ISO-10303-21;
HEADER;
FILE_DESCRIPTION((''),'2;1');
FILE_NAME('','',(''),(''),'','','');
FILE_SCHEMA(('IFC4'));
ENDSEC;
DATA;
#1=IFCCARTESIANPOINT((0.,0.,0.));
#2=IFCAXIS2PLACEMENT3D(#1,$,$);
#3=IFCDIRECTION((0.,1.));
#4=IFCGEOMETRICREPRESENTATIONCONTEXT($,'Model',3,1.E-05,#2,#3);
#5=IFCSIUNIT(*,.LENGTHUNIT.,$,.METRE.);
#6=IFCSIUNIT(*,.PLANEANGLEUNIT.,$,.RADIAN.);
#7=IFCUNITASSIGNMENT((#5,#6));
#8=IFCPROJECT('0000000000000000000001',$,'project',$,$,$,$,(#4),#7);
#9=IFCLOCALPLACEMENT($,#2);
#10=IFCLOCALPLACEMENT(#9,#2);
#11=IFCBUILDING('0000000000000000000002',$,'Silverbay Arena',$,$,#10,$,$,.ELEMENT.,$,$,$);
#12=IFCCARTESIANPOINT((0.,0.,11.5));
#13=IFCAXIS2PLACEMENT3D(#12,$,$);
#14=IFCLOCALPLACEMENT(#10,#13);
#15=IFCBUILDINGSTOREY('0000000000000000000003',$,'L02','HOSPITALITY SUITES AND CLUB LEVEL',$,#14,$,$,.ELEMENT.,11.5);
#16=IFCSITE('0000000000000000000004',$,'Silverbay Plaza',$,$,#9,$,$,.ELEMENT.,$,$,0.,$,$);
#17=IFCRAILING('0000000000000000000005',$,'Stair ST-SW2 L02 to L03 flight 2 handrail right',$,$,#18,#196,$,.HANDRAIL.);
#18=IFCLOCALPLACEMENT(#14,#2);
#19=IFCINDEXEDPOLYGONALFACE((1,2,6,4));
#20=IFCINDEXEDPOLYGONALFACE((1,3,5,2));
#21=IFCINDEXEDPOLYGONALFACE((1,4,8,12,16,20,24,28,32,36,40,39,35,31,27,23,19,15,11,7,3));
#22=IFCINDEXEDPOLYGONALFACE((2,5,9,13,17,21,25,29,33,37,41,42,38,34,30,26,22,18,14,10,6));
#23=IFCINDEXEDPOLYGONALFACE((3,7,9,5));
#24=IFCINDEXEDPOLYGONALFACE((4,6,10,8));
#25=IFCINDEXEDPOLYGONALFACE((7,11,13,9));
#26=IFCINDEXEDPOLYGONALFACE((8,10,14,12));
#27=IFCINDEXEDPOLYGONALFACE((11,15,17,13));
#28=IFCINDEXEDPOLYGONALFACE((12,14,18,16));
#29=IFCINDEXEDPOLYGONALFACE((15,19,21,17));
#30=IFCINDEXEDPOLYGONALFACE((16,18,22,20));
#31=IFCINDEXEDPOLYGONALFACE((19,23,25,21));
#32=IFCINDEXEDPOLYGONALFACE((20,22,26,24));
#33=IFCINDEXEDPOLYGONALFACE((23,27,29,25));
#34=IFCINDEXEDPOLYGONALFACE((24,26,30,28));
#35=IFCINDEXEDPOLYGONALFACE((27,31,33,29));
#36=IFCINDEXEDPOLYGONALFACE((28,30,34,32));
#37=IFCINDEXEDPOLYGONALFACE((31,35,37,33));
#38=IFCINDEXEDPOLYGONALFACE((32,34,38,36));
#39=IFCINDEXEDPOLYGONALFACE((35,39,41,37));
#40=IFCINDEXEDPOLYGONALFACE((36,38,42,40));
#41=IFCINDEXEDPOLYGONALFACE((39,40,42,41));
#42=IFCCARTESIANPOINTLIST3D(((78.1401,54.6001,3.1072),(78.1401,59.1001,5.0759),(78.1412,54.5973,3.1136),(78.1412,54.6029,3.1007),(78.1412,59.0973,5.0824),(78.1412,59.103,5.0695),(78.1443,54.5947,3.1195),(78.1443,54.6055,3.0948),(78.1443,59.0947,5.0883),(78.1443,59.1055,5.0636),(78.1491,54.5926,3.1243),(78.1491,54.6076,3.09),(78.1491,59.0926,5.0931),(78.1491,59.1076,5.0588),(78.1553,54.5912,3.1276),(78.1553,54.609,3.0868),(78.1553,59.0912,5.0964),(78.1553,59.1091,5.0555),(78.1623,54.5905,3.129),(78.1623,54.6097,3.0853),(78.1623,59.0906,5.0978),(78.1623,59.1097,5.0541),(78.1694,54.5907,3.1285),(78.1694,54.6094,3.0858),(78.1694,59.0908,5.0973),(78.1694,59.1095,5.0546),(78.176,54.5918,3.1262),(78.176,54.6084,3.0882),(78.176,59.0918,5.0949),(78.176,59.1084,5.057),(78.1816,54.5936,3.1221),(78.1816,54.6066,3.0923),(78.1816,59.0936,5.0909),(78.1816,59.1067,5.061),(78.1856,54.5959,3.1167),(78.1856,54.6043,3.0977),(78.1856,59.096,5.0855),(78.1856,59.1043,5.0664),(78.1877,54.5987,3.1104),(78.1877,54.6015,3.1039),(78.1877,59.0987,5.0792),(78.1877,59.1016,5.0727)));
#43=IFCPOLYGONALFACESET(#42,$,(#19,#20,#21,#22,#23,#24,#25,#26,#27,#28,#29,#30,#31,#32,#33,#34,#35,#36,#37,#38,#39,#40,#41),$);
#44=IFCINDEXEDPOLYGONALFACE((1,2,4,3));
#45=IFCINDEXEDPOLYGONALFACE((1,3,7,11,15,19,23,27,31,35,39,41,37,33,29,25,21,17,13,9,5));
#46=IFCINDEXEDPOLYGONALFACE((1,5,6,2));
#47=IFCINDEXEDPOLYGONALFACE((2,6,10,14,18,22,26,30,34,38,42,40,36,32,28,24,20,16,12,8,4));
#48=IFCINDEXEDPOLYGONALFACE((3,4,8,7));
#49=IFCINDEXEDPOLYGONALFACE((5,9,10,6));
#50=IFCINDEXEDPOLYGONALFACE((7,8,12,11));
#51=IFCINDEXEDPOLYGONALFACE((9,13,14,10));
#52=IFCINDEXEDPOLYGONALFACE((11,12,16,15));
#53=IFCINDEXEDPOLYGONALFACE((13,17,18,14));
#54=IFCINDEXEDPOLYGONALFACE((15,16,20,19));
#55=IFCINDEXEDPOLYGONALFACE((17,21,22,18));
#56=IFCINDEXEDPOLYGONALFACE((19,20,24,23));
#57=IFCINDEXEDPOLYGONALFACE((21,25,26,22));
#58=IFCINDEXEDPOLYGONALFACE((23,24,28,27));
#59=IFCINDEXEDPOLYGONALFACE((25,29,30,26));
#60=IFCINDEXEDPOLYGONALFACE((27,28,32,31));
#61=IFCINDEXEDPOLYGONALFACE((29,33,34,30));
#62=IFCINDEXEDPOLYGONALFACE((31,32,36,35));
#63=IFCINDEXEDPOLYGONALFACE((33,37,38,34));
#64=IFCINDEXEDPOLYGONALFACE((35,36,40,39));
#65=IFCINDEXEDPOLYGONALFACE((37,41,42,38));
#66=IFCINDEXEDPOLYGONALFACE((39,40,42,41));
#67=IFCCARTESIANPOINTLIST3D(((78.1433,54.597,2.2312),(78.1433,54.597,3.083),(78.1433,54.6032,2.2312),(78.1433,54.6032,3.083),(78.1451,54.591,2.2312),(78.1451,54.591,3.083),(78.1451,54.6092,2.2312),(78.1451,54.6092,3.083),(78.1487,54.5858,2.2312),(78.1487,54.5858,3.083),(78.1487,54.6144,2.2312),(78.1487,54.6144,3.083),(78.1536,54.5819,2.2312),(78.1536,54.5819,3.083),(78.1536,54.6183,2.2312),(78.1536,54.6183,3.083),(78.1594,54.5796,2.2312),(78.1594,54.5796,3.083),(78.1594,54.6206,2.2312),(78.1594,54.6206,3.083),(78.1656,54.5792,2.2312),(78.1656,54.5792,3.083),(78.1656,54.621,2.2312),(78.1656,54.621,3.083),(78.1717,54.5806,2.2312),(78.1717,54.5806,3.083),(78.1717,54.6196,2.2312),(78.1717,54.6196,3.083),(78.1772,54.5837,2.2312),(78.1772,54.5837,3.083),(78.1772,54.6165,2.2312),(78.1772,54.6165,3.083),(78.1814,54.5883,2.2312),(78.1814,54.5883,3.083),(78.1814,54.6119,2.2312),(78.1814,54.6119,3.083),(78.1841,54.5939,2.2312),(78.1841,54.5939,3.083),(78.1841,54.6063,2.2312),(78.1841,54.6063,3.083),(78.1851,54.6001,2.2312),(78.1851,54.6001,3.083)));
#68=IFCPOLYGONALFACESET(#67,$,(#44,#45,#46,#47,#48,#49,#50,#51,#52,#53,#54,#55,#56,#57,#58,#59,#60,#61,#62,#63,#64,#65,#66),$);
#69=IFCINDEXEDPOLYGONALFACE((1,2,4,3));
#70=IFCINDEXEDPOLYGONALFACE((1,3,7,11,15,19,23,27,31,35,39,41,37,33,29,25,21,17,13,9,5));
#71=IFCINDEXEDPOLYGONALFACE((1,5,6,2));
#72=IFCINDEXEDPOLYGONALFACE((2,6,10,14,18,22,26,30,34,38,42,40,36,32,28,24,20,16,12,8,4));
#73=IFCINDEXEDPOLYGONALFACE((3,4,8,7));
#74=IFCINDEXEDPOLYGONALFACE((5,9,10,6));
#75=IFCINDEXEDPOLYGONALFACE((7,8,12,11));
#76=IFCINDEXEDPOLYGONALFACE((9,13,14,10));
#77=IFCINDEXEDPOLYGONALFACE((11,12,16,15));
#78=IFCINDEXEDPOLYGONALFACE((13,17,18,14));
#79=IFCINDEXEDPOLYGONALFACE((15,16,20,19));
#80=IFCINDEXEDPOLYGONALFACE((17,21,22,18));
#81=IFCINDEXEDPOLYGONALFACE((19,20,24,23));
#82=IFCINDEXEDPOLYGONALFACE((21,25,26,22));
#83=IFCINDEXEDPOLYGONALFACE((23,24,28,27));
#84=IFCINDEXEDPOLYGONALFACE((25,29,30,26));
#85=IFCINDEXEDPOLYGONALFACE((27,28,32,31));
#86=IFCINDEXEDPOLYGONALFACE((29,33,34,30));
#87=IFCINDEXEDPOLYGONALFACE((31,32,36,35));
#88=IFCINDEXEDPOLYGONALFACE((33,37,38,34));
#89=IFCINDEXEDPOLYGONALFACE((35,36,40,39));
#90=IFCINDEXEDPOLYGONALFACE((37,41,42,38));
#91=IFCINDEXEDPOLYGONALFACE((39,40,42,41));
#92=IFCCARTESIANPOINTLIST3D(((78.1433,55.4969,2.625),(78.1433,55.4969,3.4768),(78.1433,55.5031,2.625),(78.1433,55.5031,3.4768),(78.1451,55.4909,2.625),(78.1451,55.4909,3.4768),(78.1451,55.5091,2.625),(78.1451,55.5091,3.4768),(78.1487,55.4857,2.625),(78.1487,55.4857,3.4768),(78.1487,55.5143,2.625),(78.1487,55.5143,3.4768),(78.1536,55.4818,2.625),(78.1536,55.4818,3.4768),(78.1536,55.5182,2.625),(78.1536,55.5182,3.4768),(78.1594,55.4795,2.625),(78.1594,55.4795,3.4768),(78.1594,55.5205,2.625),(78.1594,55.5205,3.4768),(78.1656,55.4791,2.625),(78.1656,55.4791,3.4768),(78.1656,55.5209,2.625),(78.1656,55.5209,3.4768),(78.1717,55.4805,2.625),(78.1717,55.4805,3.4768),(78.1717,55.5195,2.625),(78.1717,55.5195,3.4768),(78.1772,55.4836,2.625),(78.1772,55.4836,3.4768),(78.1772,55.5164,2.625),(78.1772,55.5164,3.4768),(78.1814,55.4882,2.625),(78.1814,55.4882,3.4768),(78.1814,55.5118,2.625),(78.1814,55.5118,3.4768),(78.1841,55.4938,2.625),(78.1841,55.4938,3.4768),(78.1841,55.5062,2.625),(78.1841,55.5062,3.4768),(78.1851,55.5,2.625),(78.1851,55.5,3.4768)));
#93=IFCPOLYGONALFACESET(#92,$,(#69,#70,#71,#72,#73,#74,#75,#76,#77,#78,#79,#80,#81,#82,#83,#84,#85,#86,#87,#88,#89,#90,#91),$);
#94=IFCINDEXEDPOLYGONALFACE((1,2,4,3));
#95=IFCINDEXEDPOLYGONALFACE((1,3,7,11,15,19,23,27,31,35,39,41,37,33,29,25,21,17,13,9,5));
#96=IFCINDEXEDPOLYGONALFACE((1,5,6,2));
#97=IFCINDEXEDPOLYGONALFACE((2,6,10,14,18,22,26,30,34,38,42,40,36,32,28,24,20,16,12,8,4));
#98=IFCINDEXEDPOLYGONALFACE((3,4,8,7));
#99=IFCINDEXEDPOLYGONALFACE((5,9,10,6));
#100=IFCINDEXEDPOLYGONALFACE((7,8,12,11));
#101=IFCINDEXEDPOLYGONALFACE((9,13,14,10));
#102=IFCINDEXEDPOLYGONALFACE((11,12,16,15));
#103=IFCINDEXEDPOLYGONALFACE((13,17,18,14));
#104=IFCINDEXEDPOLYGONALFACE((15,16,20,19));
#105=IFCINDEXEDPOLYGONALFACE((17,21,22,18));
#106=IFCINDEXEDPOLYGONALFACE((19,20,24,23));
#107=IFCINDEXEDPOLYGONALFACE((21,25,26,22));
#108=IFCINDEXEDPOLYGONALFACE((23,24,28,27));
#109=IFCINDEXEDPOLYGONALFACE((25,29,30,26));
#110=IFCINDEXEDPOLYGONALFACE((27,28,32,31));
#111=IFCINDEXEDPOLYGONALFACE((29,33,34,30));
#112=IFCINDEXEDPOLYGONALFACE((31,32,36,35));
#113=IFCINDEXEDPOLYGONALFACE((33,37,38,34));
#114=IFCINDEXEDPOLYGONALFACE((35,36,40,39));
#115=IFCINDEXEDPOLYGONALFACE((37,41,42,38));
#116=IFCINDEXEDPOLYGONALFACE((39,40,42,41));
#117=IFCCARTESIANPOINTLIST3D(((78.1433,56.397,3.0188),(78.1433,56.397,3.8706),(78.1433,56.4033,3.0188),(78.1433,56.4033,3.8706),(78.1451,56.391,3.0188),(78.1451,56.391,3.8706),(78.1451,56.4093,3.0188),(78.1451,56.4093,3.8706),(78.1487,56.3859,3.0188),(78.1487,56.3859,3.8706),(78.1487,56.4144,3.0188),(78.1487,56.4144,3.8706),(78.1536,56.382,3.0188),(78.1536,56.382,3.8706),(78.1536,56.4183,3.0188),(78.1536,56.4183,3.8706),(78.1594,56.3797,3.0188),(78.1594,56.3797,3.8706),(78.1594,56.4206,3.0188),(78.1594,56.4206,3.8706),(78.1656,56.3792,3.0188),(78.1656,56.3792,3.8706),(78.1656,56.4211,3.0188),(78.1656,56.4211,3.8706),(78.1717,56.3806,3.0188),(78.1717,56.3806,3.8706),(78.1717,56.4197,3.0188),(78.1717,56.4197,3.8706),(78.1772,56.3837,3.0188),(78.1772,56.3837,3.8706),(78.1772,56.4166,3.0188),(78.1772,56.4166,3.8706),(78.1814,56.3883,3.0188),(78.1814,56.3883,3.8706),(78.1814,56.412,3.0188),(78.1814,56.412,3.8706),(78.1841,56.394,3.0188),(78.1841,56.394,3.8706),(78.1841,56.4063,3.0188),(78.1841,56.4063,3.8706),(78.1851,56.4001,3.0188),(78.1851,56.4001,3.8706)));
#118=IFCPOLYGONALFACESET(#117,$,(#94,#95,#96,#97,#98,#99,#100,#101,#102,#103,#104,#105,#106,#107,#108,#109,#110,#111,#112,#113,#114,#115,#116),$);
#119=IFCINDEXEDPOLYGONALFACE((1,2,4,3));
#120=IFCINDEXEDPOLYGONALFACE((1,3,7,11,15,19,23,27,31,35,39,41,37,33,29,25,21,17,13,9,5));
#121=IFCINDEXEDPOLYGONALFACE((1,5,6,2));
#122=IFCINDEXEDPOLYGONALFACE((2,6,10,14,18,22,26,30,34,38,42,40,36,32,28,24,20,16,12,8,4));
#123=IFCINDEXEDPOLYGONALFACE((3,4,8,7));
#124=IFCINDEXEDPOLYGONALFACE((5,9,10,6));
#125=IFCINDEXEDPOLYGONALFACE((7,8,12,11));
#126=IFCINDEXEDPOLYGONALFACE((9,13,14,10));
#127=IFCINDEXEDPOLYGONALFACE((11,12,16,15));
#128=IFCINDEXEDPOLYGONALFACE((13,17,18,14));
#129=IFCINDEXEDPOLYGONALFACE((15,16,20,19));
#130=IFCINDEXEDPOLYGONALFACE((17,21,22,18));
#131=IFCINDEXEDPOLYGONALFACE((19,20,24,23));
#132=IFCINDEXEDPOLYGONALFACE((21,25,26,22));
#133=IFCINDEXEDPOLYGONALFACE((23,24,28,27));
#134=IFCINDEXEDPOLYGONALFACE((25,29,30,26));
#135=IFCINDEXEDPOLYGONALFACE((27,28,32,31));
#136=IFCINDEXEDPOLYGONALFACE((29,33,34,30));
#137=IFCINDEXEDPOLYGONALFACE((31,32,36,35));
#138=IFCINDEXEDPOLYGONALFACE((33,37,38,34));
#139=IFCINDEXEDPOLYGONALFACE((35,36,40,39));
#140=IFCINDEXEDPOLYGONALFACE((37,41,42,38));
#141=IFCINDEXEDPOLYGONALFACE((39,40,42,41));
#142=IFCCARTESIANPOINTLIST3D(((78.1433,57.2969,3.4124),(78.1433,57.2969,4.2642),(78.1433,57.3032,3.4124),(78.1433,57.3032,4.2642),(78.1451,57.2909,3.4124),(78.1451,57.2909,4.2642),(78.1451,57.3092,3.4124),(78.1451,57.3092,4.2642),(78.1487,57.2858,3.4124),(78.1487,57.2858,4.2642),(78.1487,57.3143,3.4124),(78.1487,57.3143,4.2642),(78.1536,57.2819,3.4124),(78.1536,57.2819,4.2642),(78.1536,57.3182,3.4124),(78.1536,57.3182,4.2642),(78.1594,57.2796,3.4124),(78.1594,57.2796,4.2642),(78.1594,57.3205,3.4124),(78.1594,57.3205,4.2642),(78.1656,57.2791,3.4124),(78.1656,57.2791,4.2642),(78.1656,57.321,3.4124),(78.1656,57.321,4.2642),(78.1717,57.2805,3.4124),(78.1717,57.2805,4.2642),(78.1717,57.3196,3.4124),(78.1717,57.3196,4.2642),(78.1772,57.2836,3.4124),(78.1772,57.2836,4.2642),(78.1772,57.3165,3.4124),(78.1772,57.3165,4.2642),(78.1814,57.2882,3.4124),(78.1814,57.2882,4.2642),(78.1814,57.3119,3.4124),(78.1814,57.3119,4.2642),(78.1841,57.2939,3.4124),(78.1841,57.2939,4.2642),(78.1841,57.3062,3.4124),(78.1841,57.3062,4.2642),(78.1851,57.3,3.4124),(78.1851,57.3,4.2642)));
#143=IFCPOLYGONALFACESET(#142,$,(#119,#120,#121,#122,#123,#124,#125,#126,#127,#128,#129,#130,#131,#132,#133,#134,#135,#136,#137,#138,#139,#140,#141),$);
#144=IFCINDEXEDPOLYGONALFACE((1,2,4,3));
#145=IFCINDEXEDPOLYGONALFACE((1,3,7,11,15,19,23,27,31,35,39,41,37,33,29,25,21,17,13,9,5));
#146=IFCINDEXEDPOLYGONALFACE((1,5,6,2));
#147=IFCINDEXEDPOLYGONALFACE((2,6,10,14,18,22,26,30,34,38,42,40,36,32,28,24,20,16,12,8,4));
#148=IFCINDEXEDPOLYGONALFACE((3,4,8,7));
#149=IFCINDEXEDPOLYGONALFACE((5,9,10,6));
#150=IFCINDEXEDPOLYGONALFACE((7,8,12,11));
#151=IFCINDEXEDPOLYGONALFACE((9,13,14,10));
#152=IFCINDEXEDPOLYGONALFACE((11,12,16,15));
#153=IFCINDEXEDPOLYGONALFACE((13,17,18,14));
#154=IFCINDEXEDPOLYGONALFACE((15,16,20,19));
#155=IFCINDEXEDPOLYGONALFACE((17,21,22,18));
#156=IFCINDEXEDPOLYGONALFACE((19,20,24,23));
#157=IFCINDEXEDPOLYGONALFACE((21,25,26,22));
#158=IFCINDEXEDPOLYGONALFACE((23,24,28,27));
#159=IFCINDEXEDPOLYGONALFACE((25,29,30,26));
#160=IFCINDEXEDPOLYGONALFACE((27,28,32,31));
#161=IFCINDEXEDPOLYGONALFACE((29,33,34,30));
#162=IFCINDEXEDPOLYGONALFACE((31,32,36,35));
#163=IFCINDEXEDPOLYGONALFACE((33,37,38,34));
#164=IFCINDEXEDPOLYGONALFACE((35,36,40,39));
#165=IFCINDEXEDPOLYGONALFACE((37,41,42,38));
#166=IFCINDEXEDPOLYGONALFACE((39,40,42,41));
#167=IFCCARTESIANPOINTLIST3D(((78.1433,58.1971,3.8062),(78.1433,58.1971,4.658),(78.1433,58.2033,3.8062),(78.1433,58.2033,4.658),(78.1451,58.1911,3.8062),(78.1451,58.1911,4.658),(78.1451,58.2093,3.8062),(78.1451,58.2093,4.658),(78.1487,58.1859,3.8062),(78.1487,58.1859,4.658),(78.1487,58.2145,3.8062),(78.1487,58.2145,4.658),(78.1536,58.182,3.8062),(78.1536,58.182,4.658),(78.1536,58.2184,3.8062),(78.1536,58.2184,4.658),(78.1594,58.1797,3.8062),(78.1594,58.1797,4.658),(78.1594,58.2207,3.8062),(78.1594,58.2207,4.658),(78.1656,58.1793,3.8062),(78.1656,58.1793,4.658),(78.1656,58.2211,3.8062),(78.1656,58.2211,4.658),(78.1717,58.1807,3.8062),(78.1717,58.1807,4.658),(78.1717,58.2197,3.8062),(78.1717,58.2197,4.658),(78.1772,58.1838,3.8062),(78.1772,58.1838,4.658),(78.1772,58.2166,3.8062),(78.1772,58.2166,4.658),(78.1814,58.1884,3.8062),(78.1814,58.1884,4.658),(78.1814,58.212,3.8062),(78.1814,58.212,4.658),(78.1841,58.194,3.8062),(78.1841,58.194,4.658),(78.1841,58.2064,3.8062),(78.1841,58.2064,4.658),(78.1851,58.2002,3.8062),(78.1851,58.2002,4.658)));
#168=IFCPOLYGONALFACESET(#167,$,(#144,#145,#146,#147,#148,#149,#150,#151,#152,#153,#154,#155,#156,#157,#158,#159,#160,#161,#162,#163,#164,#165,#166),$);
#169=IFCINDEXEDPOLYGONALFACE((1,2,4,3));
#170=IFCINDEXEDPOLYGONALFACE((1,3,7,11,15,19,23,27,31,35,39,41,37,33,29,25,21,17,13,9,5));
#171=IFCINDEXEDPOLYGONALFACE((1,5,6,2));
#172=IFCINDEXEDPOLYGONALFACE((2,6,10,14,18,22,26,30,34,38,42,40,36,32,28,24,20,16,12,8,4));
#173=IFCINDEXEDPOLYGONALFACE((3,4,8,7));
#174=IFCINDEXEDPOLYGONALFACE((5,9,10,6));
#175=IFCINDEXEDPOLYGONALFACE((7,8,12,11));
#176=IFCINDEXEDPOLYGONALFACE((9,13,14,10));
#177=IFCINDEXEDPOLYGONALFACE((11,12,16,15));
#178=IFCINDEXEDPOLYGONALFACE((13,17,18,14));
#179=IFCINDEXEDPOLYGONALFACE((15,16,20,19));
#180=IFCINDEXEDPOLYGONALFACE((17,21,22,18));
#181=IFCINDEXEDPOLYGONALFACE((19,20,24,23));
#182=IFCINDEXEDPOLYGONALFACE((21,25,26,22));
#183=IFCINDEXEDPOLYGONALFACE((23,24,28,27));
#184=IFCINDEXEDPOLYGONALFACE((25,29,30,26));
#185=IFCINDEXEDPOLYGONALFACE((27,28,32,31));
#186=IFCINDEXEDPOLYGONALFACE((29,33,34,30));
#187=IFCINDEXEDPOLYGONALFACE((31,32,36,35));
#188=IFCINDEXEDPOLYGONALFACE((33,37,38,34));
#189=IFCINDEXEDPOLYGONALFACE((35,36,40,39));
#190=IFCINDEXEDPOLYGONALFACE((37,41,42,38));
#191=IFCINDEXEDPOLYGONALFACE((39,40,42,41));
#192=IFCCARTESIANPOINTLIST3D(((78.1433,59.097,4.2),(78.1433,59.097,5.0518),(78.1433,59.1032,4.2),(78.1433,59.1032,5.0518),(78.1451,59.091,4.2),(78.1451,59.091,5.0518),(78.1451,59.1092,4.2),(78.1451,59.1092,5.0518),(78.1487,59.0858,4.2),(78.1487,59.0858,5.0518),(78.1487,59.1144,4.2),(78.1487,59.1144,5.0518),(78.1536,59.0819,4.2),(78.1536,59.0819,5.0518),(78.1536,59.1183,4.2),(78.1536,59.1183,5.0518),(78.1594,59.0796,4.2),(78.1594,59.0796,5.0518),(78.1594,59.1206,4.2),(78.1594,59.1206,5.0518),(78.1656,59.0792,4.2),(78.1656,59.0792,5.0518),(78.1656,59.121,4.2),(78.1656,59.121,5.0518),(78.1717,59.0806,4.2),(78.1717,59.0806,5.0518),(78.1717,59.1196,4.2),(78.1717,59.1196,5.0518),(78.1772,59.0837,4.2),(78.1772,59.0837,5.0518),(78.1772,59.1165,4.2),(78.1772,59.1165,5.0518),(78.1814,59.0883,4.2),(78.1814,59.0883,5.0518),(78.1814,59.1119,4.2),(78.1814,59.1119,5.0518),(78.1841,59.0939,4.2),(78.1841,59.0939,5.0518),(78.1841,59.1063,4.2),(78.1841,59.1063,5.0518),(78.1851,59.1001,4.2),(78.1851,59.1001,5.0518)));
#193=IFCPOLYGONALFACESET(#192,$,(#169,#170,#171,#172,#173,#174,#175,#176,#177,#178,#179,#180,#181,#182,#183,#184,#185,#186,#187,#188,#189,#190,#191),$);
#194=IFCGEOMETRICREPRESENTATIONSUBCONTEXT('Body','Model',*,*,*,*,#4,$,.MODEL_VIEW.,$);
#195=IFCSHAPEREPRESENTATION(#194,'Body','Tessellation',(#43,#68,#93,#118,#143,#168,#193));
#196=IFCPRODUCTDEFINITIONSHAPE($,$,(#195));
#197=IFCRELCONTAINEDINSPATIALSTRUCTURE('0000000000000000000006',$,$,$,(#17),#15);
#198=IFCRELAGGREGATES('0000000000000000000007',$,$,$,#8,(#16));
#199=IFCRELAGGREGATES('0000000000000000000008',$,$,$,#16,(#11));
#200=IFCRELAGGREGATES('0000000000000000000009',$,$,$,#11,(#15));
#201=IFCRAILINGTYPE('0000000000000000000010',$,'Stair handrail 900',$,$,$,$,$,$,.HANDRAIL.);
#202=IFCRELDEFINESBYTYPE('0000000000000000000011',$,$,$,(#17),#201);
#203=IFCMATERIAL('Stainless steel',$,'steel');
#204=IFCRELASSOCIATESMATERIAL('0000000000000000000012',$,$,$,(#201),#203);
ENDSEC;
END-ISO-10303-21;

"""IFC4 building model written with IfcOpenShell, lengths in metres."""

from ifc_helpers import new_model, si_unit, direction, frame, origin, origin_2d, place, context, subcontext, project, spatial, circle, extrude, material, type_object, element, save


model = new_model("IFC4")

# Units and contexts
model_context = context("Model", 3, precision=1e-05, world=origin(), true_north=direction((0.0, 1.0)))
body_context = subcontext(model_context, "Body", "Model", "MODEL_VIEW")
ifc_project = project(units=[si_unit("LENGTHUNIT", "METRE"), si_unit("PLANEANGLEUNIT", "RADIAN")], contexts=[model_context])

# Site, building, storey
site_placement = place(None, origin())
site = spatial("IfcSite", under=ifc_project, at=site_placement, Name="Silverbay Plaza", CompositionType="ELEMENT", RefElevation=0.0)
building_placement = place(site_placement, origin())
building = spatial("IfcBuilding", under=site, at=building_placement, Name="Silverbay Arena", CompositionType="ELEMENT")
storey_placement = place(building_placement, frame((0.0, 0.0, 11.5)))
storey = spatial("IfcBuildingStorey", under=building, at=storey_placement, Name="L02", Description="HOSPITALITY SUITES AND CLUB LEVEL", CompositionType="ELEMENT", Elevation=11.5)

# Railing
ifc_material_1 = material(Name="Stainless steel", Category="steel")
railing_type_1 = type_object("IfcRailingType", Name="Stair handrail 900", PredefinedType="HANDRAIL", material=ifc_material_1)
for number, where, name in (
    (1, (78.1641, 54.6001, 2.2312), "Stair ST-SW2 L02 to L03 flight 2 handrail right"),
):
    element("IfcRailing", number, at=place(storey_placement, frame(where)), inside=storey, type_object=railing_type_1, Name=name, PredefinedType="HANDRAIL", context=body_context, shape_type="SweptSolid", body=[
        extrude(circle(Radius=0.0239, at=origin_2d()), frame((0.0, 0.0, 0.876), z_axis=(0.0, 0.916157, 0.400819), x_axis=(-1.0, 0.0, 0.0)), (0.0, 0.0, 1.0), 4.9119),
        extrude(circle(Radius=0.021, at=origin_2d()), origin(), (0.0, 0.0, 1.0), 0.8518),
        extrude(circle(Radius=0.021, at=origin_2d()), frame((0.0, 0.8999, 0.3938)), (0.0, 0.0, 1.0), 0.8518),
        extrude(circle(Radius=0.021, at=origin_2d()), frame((0.0, 1.8, 0.7876)), (0.0, 0.0, 1.0), 0.8518),
        extrude(circle(Radius=0.021, at=origin_2d()), frame((0.0, 2.7, 1.1812)), (0.0, 0.0, 1.0), 0.8518),
        extrude(circle(Radius=0.021, at=origin_2d()), frame((0.0, 3.6001, 1.575)), (0.0, 0.0, 1.0), 0.8518),
        extrude(circle(Radius=0.021, at=origin_2d()), frame((0.0, 4.5, 1.9688)), (0.0, 0.0, 1.0), 0.8518),
    ])

save(model, "model.ifc")
